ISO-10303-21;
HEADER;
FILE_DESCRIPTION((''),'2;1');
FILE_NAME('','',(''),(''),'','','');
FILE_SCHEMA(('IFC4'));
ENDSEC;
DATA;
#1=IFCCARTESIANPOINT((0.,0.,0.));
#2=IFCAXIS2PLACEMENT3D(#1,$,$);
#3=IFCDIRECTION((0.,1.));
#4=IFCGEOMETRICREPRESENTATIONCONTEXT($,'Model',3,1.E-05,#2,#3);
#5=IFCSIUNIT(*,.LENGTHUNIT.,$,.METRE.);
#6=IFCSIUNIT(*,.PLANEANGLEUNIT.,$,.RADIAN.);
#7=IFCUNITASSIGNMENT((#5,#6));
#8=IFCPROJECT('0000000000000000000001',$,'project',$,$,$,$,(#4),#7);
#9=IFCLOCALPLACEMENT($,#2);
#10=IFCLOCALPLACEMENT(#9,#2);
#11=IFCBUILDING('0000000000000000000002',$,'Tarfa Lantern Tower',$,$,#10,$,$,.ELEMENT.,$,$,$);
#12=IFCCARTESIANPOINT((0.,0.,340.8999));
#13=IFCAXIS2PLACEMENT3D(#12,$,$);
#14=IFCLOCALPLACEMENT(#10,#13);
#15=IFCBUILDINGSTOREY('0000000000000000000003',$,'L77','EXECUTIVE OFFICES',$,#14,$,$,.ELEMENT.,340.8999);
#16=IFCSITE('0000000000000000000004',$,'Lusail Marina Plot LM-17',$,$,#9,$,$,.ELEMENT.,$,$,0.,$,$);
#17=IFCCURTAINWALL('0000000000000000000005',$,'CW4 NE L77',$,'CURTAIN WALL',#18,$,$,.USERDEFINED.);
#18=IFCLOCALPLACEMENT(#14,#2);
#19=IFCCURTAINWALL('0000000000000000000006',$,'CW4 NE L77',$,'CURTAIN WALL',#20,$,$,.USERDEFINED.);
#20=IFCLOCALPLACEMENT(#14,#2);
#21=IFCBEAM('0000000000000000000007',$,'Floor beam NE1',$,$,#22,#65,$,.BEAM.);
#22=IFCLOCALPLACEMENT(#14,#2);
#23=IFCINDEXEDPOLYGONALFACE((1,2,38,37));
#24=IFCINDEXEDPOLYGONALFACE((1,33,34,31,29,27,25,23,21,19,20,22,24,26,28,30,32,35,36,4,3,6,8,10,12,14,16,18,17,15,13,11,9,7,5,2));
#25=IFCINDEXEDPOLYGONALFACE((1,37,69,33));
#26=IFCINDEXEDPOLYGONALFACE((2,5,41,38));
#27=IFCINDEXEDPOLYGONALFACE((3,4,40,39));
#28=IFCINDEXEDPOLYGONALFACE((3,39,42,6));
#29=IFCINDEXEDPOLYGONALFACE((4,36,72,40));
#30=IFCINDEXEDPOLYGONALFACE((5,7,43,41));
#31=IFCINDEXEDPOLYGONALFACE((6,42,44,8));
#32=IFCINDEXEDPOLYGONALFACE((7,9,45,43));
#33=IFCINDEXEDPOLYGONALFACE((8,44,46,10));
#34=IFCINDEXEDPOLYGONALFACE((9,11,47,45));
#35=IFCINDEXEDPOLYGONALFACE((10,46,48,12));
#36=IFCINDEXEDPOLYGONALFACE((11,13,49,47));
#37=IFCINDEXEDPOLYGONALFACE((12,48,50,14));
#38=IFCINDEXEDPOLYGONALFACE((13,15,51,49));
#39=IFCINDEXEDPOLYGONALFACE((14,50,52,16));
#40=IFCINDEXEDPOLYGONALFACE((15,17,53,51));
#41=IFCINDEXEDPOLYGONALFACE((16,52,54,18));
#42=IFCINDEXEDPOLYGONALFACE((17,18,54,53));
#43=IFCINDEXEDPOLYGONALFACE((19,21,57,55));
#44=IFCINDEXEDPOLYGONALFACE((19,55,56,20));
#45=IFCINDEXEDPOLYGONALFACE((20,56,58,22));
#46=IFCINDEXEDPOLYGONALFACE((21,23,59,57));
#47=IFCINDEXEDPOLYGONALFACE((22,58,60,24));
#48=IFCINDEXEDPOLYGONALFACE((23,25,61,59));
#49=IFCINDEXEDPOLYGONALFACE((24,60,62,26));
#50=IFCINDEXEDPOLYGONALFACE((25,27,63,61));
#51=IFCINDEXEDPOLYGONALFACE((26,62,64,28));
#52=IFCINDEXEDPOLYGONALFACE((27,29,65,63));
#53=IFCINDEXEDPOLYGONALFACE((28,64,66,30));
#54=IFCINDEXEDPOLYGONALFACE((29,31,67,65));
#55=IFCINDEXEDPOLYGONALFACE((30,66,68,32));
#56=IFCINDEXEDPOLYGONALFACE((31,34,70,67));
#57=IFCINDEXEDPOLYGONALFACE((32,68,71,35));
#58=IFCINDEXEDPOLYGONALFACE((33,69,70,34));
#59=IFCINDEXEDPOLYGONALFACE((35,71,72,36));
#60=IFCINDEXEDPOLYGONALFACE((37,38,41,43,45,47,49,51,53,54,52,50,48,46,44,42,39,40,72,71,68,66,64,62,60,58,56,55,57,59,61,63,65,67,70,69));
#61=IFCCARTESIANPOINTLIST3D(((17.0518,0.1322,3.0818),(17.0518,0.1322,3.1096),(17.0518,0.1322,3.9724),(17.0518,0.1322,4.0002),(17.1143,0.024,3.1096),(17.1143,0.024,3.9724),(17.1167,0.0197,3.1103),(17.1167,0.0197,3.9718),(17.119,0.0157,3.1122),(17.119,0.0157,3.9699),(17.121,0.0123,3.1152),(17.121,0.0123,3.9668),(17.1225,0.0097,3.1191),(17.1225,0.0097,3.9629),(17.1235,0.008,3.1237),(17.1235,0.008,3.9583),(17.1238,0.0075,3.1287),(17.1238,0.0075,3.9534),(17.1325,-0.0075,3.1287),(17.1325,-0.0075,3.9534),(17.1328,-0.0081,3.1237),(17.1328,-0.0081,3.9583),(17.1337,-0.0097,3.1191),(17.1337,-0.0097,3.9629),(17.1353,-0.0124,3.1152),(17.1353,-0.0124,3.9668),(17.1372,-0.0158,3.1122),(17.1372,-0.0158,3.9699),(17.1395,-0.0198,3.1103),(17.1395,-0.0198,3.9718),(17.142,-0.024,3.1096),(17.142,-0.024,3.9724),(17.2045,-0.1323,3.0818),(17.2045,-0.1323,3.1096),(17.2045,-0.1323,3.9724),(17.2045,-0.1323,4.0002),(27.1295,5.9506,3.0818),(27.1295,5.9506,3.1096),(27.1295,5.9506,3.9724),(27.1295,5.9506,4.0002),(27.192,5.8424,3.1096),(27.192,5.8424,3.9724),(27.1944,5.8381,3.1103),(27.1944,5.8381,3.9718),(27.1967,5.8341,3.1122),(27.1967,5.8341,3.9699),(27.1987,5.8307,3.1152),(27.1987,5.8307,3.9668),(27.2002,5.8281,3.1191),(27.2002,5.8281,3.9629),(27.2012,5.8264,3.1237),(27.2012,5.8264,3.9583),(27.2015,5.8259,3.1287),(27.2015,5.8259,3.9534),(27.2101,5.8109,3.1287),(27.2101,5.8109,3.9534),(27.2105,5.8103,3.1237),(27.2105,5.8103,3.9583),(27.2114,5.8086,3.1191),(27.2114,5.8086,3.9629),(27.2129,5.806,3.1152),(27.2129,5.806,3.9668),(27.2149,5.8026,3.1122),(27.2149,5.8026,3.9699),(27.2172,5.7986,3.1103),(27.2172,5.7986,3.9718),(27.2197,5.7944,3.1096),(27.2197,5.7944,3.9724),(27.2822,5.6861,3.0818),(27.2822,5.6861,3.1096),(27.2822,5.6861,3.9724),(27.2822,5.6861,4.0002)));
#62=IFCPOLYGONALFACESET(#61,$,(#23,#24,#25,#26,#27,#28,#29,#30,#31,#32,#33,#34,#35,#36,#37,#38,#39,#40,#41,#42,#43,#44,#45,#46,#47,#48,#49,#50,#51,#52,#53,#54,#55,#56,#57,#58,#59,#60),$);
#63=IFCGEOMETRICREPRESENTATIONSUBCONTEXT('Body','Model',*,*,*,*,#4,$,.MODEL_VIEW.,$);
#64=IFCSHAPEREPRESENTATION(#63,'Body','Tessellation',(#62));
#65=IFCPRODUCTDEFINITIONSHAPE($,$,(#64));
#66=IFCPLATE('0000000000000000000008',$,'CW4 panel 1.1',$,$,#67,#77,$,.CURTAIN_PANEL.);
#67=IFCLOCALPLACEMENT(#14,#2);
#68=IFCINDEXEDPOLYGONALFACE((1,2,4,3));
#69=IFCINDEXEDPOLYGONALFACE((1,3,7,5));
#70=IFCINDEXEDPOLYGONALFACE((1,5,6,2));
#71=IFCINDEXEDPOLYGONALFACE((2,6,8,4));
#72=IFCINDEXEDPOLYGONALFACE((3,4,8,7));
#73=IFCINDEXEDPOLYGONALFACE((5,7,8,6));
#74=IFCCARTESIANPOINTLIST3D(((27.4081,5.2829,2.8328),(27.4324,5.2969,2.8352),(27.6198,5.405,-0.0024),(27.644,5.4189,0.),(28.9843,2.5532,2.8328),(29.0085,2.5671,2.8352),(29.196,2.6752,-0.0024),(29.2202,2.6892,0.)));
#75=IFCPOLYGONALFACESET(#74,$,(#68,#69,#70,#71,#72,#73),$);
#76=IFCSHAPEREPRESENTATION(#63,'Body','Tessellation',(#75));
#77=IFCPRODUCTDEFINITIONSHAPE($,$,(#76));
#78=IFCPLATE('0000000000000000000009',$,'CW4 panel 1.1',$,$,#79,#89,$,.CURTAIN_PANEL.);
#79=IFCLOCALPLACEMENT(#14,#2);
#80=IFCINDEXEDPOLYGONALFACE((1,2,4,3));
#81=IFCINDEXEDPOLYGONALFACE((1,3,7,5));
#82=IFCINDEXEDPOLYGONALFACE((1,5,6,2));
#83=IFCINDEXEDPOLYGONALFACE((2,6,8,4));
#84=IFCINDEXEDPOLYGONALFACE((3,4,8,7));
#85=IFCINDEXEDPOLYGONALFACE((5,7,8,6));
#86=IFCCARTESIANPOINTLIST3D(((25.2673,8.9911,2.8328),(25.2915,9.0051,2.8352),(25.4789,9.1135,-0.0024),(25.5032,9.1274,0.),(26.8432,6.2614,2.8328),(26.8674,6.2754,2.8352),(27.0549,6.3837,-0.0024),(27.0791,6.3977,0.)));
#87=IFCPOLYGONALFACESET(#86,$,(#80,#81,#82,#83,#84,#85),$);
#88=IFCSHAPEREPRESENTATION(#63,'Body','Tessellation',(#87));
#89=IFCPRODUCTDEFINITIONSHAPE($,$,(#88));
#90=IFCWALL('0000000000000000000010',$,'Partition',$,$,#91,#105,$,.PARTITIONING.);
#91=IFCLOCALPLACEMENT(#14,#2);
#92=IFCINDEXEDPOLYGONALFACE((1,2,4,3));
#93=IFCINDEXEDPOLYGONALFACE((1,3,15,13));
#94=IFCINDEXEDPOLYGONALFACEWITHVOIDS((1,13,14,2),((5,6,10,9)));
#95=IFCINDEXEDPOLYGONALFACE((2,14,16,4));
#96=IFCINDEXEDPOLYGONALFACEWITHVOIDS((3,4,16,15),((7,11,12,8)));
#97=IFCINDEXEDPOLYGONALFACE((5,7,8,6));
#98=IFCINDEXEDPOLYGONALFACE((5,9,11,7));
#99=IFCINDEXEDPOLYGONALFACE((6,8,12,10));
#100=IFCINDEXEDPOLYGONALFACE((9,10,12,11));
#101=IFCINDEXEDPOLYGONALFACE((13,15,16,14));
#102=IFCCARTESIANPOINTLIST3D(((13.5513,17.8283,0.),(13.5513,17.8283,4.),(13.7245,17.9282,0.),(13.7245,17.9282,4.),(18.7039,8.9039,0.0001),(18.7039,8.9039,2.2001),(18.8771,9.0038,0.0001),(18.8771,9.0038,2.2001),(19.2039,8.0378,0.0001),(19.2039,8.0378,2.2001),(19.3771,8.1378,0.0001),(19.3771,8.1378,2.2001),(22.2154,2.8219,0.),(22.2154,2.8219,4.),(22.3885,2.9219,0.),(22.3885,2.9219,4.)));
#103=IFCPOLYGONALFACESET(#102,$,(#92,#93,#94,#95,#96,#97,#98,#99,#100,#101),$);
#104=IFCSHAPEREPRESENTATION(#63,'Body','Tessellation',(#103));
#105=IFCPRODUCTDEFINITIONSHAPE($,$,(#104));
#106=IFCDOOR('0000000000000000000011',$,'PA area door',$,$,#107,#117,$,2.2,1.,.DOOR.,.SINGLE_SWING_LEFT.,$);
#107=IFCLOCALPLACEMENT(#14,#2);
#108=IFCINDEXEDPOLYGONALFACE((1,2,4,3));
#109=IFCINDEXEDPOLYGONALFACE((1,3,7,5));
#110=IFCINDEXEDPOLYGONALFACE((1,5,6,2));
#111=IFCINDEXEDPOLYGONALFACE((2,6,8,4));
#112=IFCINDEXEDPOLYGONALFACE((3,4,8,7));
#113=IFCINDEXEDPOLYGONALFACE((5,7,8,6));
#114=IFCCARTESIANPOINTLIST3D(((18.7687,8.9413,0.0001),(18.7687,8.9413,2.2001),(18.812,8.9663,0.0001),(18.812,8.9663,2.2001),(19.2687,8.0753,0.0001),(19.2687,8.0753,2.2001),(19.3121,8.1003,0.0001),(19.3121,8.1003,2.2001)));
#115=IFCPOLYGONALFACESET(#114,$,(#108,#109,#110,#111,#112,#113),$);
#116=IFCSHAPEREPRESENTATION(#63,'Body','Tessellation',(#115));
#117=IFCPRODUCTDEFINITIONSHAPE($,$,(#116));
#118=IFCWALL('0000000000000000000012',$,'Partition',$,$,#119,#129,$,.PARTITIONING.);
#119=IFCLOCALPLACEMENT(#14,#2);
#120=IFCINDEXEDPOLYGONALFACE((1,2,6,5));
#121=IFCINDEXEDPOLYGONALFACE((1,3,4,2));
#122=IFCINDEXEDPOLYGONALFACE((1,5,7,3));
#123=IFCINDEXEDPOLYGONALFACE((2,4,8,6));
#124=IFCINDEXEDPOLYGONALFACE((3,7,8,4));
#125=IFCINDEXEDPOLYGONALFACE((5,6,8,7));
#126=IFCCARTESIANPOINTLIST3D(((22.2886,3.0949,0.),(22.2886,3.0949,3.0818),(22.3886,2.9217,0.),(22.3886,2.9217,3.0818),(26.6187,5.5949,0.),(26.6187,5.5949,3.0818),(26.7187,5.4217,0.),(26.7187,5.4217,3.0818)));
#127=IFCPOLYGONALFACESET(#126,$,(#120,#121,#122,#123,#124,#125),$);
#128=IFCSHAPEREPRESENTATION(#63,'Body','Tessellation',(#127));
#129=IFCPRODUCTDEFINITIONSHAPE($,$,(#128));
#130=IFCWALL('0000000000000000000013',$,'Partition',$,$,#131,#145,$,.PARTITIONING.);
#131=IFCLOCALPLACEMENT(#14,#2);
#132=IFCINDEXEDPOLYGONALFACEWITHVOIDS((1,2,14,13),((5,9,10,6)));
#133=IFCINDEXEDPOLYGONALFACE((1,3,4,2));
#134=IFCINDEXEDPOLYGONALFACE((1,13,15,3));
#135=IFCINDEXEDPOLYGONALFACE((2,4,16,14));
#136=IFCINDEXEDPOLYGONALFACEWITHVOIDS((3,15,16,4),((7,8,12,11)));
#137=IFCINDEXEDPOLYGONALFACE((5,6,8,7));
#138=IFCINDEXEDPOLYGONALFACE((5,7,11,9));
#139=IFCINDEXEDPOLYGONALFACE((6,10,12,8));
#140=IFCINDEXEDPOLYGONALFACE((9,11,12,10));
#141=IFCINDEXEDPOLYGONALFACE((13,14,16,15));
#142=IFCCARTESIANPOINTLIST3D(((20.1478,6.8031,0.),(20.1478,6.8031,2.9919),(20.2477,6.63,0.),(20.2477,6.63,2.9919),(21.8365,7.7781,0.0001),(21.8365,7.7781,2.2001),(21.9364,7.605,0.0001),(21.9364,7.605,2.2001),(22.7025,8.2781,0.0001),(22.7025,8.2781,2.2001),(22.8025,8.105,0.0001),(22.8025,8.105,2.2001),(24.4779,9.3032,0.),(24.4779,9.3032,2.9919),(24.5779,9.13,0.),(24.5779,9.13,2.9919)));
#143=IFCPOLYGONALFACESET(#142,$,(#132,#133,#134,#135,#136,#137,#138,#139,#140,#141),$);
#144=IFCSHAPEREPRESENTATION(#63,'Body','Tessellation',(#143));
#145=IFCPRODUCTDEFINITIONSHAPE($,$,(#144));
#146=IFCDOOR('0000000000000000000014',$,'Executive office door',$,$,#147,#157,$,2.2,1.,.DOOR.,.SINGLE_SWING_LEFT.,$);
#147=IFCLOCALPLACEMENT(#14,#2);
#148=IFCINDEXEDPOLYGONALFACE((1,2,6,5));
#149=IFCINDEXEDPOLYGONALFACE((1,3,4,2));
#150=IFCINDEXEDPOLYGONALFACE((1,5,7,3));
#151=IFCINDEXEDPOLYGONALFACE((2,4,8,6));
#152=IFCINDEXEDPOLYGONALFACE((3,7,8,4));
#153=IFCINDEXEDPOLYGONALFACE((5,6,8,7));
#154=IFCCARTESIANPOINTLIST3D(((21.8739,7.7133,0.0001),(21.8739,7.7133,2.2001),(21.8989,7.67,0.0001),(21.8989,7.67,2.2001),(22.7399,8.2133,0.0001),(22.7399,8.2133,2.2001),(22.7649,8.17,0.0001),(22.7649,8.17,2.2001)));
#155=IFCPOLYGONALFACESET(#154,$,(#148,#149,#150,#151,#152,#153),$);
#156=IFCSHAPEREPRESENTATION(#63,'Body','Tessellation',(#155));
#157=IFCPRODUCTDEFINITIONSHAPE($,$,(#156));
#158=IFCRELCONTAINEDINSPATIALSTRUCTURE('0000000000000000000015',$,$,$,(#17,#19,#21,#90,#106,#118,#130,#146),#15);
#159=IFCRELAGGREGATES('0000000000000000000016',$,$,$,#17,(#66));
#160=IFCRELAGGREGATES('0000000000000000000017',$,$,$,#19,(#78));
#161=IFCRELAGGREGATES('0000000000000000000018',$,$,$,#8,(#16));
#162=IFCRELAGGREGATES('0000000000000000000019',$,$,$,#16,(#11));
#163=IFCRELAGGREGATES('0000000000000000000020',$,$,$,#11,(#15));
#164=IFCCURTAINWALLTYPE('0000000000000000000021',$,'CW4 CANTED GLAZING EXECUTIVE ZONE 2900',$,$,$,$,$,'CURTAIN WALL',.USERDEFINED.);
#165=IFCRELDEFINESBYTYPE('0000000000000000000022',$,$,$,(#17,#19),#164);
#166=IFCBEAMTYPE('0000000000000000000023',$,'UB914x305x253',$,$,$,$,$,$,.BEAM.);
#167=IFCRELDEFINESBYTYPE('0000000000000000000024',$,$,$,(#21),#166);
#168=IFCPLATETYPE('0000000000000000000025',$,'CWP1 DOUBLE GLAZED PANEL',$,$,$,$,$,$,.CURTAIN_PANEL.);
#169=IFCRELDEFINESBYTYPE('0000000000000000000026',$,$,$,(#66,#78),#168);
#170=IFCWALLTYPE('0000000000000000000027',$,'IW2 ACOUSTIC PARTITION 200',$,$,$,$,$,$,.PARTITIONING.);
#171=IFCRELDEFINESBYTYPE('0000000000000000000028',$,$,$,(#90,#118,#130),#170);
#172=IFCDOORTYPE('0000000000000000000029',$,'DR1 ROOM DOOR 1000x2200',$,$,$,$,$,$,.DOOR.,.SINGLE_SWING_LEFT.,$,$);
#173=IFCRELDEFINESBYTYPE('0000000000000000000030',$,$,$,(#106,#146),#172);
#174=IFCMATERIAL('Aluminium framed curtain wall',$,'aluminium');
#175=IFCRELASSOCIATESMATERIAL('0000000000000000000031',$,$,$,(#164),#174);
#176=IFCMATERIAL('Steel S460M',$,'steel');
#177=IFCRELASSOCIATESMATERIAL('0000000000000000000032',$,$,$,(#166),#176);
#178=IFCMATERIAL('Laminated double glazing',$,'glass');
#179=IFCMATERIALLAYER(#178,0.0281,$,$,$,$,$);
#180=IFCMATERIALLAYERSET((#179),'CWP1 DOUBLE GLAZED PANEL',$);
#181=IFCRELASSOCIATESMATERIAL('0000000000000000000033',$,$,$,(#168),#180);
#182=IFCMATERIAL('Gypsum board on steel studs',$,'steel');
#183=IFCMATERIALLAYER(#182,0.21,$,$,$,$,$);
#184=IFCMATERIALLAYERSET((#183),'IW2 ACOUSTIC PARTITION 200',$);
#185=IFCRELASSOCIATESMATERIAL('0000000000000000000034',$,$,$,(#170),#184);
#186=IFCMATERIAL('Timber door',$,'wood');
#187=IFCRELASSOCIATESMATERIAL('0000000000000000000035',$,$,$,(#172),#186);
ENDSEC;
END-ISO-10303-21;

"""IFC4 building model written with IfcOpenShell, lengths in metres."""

from ifc_helpers import new_model, si_unit, direction, frame, frame_2d, origin, origin_2d, place, context, subcontext, project, spatial, polyline, rectangle, i_section, outline, extrude, material, layer, layer_set, material_profile, profile_set, type_object, element, fill, aggregate, save


model = new_model("IFC4")

# Units and contexts
model_context = context("Model", 3, precision=1e-05, world=origin(), true_north=direction((0.0, 1.0)))
body_context = subcontext(model_context, "Body", "Model", "MODEL_VIEW")
ifc_project = project(units=[si_unit("LENGTHUNIT", "METRE"), si_unit("PLANEANGLEUNIT", "RADIAN")], contexts=[model_context])

# Site, building, storey
site_placement = place(None, origin())
site = spatial("IfcSite", under=ifc_project, at=site_placement, Name="Lusail Marina Plot LM-17", CompositionType="ELEMENT", RefElevation=0.0)
building_placement = place(site_placement, origin())
building = spatial("IfcBuilding", under=site, at=building_placement, Name="Tarfa Lantern Tower", CompositionType="ELEMENT")
storey_placement = place(building_placement, frame((0.0, 0.0, 340.8999)))
storey = spatial("IfcBuildingStorey", under=building, at=storey_placement, Name="L77", Description="EXECUTIVE OFFICES", CompositionType="ELEMENT", Elevation=340.8999)

# Curtain walls
ifc_material_1 = material(Name="Aluminium framed curtain wall", Category="aluminium")
curtain_wall_type = type_object("IfcCurtainWallType", Name="CW4 CANTED GLAZING EXECUTIVE ZONE 2900", ElementType="CURTAIN WALL", PredefinedType="USERDEFINED", material=ifc_material_1)
curtain_wall_1_placement = place(storey_placement, origin())
curtain_wall_1 = element("IfcCurtainWall", 1, at=curtain_wall_1_placement, inside=storey, type_object=curtain_wall_type, Name="CW4 NE L77", ObjectType="CURTAIN WALL", PredefinedType="USERDEFINED")
curtain_wall_2_placement = place(storey_placement, origin())
curtain_wall_2 = element("IfcCurtainWall", 2, at=curtain_wall_2_placement, inside=storey, type_object=curtain_wall_type, Name="CW4 NE L77", ObjectType="CURTAIN WALL", PredefinedType="USERDEFINED")

# Beam
ifc_material_2 = material(Name="Steel S460M", Category="steel")
ifc_material_profile_1 = material_profile(ifc_material_2, i_section(OverallWidth=0.3054, OverallDepth=0.9185, WebThickness=0.0173, FlangeThickness=0.0278, FilletRadius=0.019, at=origin_2d()), Name="UB914x305x253")
ifc_profile_set_1 = profile_set([ifc_material_profile_1], Name="Steel S460M")
beam_type_1 = type_object("IfcBeamType", Name="UB914x305x253", PredefinedType="BEAM", material=ifc_profile_set_1)
beam_1_placement = place(storey_placement, frame((27.2058, 5.8184, 3.541), z_axis=(-0.866024, -0.500002, 0.0), x_axis=(0.500002, -0.866024, 0.0)))
element("IfcBeam", 3, at=beam_1_placement, inside=storey, type_object=beam_type_1, Name="Floor beam NE1", PredefinedType="BEAM", context=body_context, shape_type="SweptSolid", body=[
    extrude(i_section(OverallWidth=0.3054, OverallDepth=0.9185, WebThickness=0.0173, FlangeThickness=0.0278, FilletRadius=0.019, at=origin_2d()), origin(), (0.0, 0.0, 1.0), 11.6367),
])

# Plates
ifc_material_3 = material(Name="Laminated double glazing", Category="glass")
ifc_layer_1 = layer(ifc_material_3, 0.0281)
ifc_layer_set_1 = layer_set([ifc_layer_1], Name="CWP1 DOUBLE GLAZED PANEL")
plate_type = type_object("IfcPlateType", Name="CWP1 DOUBLE GLAZED PANEL", PredefinedType="CURTAIN_PANEL", material=ifc_layer_set_1)
plate_1_placement = place(storey_placement, frame((29.2202, 2.6892, 0.0), z_axis=(0.862805, 0.498191, 0.085865), x_axis=(-0.500038, 0.866004, 0.0)))
plate_1 = element("IfcPlate", 4, at=plate_1_placement, type_object=plate_type, Name="CW4 panel 1.1", PredefinedType="CURTAIN_PANEL", context=body_context, shape_type="SweptSolid", body=[
    extrude(outline(polyline([(0.0, 0.0), (3.1521, 0.0), (3.1522, 2.8457), (0.0001, 2.8457), (0.0, 0.0)])), origin(), (0.0, 0.0, -1.0), 0.0281),
])
aggregate(curtain_wall_1, [plate_1])
plate_2_placement = place(storey_placement, frame((27.0791, 6.3977, 0.0), z_axis=(0.862836, 0.498131, 0.085907), x_axis=(-0.499979, 0.866037, 0.0)))
plate_2 = element("IfcPlate", 5, at=plate_2_placement, type_object=plate_type, Name="CW4 panel 1.1", PredefinedType="CURTAIN_PANEL", context=body_context, shape_type="SweptSolid", body=[
    extrude(outline(polyline([(0.0, 0.0), (3.152, 0.0), (3.1519, 2.8457), (-0.0001, 2.8457), (0.0, 0.0)])), origin(), (0.0, 0.0, -1.0), 0.0281),
])
aggregate(curtain_wall_2, [plate_2])

# Wall, opening, door
ifc_material_4 = material(Name="Gypsum board on steel studs", Category="steel")
ifc_layer_2 = layer(ifc_material_4, 0.21)
ifc_layer_set_2 = layer_set([ifc_layer_2], Name="IW2 ACOUSTIC PARTITION 200")
wall_type = type_object("IfcWallType", Name="IW2 ACOUSTIC PARTITION 200", PredefinedType="PARTITIONING", material=ifc_layer_set_2)
wall_1_placement = place(storey_placement, frame((22.302, 2.8718, 0.0), z_axis=(0.0, 0.0, 1.0), x_axis=(-0.500006, 0.866022, 0.0)))
wall_1 = element("IfcWall", 6, at=wall_1_placement, inside=storey, type_object=wall_type, Name="Partition", PredefinedType="PARTITIONING", context=body_context, shape_type="SweptSolid", body=[
    extrude(rectangle(XDim=17.3279, YDim=0.2, at=frame_2d((8.6641, 0.0))), origin(), (0.0, 0.0, 1.0), 4.0),
])
opening_1_placement = place(wall_1_placement, frame((6.0229, 0.0, 0.0)))
opening_1 = element("IfcOpeningElement", 7, at=opening_1_placement, cuts=wall_1, PredefinedType="OPENING", context=body_context, shape_type="SweptSolid", body=[
    extrude(rectangle(XDim=1.0, YDim=2.2, at=frame_2d((0.5, 1.1001))), frame((0.0, 0.1099, 0.0), z_axis=(0.0, -1.0, 0.0), x_axis=(1.0, 0.0, 0.0)), (0.0, 0.0, 1.0), 0.22),
])
ifc_material_5 = material(Name="Timber door", Category="wood")
door_type = type_object("IfcDoorType", Name="DR1 ROOM DOOR 1000x2200", OperationType="SINGLE_SWING_LEFT", PredefinedType="DOOR", material=ifc_material_5)
door_1_placement = place(opening_1_placement, frame((1.0, 0.0, 0.0), z_axis=(0.0, 0.0, 1.0), x_axis=(-1.0, 0.0, 0.0)))
door_1 = element("IfcDoor", 8, at=door_1_placement, inside=storey, type_object=door_type, Name="PA area door", OperationType="SINGLE_SWING_LEFT", OverallHeight=2.2, OverallWidth=1.0, PredefinedType="DOOR", context=body_context, shape_type="SweptSolid", body=[
    extrude(rectangle(XDim=1.0, YDim=2.2, at=frame_2d((0.5, 1.1001))), frame((0.0, 0.0249, 0.0), z_axis=(0.0, -1.0, 0.0), x_axis=(1.0, 0.0, 0.0)), (0.0, 0.0, 1.0), 0.05),
])
fill(opening_1, door_1)

# Wall
wall_2_placement = place(storey_placement, frame((22.3386, 3.0083, 0.0), z_axis=(0.0, 0.0, 1.0), x_axis=(0.866023, 0.500004, 0.0)))
element("IfcWall", 9, at=wall_2_placement, inside=storey, type_object=wall_type, Name="Partition", PredefinedType="PARTITIONING", context=body_context, shape_type="SweptSolid", body=[
    extrude(rectangle(XDim=5.0, YDim=0.2, at=frame_2d((2.5, 0.0))), origin(), (0.0, 0.0, 1.0), 3.0818),
])

# Wall, opening, door
wall_3_placement = place(storey_placement, frame((20.1978, 6.7166, 0.0), z_axis=(0.0, 0.0, 1.0), x_axis=(0.866023, 0.500004, 0.0)))
wall_3 = element("IfcWall", 10, at=wall_3_placement, inside=storey, type_object=wall_type, Name="Partition", PredefinedType="PARTITIONING", context=body_context, shape_type="SweptSolid", body=[
    extrude(rectangle(XDim=5.0, YDim=0.2, at=frame_2d((2.5, 0.0))), origin(), (0.0, 0.0, 1.0), 2.9919),
])
opening_2_placement = place(wall_3_placement, frame((1.95, 0.0, 0.0)))
opening_2 = element("IfcOpeningElement", 11, at=opening_2_placement, cuts=wall_3, PredefinedType="OPENING", context=body_context, shape_type="SweptSolid", body=[
    extrude(rectangle(XDim=1.0, YDim=2.2, at=frame_2d((0.5, 1.1001))), frame((0.0, 0.1099, 0.0), z_axis=(0.0, -1.0, 0.0), x_axis=(1.0, 0.0, 0.0)), (0.0, 0.0, 1.0), 0.22),
])
door_2_placement = place(opening_2_placement, frame((1.0, 0.0, 0.0), z_axis=(0.0, 0.0, 1.0), x_axis=(-1.0, 0.0, 0.0)))
door_2 = element("IfcDoor", 12, at=door_2_placement, inside=storey, type_object=door_type, Name="Executive office door", OperationType="SINGLE_SWING_LEFT", OverallHeight=2.2, OverallWidth=1.0, PredefinedType="DOOR", context=body_context, shape_type="SweptSolid", body=[
    extrude(rectangle(XDim=1.0, YDim=2.2, at=frame_2d((0.5, 1.1001))), frame((0.0, 0.0249, 0.0), z_axis=(0.0, -1.0, 0.0), x_axis=(1.0, 0.0, 0.0)), (0.0, 0.0, 1.0), 0.05),
])
fill(opening_2, door_2)

save(model, "model.ifc")
